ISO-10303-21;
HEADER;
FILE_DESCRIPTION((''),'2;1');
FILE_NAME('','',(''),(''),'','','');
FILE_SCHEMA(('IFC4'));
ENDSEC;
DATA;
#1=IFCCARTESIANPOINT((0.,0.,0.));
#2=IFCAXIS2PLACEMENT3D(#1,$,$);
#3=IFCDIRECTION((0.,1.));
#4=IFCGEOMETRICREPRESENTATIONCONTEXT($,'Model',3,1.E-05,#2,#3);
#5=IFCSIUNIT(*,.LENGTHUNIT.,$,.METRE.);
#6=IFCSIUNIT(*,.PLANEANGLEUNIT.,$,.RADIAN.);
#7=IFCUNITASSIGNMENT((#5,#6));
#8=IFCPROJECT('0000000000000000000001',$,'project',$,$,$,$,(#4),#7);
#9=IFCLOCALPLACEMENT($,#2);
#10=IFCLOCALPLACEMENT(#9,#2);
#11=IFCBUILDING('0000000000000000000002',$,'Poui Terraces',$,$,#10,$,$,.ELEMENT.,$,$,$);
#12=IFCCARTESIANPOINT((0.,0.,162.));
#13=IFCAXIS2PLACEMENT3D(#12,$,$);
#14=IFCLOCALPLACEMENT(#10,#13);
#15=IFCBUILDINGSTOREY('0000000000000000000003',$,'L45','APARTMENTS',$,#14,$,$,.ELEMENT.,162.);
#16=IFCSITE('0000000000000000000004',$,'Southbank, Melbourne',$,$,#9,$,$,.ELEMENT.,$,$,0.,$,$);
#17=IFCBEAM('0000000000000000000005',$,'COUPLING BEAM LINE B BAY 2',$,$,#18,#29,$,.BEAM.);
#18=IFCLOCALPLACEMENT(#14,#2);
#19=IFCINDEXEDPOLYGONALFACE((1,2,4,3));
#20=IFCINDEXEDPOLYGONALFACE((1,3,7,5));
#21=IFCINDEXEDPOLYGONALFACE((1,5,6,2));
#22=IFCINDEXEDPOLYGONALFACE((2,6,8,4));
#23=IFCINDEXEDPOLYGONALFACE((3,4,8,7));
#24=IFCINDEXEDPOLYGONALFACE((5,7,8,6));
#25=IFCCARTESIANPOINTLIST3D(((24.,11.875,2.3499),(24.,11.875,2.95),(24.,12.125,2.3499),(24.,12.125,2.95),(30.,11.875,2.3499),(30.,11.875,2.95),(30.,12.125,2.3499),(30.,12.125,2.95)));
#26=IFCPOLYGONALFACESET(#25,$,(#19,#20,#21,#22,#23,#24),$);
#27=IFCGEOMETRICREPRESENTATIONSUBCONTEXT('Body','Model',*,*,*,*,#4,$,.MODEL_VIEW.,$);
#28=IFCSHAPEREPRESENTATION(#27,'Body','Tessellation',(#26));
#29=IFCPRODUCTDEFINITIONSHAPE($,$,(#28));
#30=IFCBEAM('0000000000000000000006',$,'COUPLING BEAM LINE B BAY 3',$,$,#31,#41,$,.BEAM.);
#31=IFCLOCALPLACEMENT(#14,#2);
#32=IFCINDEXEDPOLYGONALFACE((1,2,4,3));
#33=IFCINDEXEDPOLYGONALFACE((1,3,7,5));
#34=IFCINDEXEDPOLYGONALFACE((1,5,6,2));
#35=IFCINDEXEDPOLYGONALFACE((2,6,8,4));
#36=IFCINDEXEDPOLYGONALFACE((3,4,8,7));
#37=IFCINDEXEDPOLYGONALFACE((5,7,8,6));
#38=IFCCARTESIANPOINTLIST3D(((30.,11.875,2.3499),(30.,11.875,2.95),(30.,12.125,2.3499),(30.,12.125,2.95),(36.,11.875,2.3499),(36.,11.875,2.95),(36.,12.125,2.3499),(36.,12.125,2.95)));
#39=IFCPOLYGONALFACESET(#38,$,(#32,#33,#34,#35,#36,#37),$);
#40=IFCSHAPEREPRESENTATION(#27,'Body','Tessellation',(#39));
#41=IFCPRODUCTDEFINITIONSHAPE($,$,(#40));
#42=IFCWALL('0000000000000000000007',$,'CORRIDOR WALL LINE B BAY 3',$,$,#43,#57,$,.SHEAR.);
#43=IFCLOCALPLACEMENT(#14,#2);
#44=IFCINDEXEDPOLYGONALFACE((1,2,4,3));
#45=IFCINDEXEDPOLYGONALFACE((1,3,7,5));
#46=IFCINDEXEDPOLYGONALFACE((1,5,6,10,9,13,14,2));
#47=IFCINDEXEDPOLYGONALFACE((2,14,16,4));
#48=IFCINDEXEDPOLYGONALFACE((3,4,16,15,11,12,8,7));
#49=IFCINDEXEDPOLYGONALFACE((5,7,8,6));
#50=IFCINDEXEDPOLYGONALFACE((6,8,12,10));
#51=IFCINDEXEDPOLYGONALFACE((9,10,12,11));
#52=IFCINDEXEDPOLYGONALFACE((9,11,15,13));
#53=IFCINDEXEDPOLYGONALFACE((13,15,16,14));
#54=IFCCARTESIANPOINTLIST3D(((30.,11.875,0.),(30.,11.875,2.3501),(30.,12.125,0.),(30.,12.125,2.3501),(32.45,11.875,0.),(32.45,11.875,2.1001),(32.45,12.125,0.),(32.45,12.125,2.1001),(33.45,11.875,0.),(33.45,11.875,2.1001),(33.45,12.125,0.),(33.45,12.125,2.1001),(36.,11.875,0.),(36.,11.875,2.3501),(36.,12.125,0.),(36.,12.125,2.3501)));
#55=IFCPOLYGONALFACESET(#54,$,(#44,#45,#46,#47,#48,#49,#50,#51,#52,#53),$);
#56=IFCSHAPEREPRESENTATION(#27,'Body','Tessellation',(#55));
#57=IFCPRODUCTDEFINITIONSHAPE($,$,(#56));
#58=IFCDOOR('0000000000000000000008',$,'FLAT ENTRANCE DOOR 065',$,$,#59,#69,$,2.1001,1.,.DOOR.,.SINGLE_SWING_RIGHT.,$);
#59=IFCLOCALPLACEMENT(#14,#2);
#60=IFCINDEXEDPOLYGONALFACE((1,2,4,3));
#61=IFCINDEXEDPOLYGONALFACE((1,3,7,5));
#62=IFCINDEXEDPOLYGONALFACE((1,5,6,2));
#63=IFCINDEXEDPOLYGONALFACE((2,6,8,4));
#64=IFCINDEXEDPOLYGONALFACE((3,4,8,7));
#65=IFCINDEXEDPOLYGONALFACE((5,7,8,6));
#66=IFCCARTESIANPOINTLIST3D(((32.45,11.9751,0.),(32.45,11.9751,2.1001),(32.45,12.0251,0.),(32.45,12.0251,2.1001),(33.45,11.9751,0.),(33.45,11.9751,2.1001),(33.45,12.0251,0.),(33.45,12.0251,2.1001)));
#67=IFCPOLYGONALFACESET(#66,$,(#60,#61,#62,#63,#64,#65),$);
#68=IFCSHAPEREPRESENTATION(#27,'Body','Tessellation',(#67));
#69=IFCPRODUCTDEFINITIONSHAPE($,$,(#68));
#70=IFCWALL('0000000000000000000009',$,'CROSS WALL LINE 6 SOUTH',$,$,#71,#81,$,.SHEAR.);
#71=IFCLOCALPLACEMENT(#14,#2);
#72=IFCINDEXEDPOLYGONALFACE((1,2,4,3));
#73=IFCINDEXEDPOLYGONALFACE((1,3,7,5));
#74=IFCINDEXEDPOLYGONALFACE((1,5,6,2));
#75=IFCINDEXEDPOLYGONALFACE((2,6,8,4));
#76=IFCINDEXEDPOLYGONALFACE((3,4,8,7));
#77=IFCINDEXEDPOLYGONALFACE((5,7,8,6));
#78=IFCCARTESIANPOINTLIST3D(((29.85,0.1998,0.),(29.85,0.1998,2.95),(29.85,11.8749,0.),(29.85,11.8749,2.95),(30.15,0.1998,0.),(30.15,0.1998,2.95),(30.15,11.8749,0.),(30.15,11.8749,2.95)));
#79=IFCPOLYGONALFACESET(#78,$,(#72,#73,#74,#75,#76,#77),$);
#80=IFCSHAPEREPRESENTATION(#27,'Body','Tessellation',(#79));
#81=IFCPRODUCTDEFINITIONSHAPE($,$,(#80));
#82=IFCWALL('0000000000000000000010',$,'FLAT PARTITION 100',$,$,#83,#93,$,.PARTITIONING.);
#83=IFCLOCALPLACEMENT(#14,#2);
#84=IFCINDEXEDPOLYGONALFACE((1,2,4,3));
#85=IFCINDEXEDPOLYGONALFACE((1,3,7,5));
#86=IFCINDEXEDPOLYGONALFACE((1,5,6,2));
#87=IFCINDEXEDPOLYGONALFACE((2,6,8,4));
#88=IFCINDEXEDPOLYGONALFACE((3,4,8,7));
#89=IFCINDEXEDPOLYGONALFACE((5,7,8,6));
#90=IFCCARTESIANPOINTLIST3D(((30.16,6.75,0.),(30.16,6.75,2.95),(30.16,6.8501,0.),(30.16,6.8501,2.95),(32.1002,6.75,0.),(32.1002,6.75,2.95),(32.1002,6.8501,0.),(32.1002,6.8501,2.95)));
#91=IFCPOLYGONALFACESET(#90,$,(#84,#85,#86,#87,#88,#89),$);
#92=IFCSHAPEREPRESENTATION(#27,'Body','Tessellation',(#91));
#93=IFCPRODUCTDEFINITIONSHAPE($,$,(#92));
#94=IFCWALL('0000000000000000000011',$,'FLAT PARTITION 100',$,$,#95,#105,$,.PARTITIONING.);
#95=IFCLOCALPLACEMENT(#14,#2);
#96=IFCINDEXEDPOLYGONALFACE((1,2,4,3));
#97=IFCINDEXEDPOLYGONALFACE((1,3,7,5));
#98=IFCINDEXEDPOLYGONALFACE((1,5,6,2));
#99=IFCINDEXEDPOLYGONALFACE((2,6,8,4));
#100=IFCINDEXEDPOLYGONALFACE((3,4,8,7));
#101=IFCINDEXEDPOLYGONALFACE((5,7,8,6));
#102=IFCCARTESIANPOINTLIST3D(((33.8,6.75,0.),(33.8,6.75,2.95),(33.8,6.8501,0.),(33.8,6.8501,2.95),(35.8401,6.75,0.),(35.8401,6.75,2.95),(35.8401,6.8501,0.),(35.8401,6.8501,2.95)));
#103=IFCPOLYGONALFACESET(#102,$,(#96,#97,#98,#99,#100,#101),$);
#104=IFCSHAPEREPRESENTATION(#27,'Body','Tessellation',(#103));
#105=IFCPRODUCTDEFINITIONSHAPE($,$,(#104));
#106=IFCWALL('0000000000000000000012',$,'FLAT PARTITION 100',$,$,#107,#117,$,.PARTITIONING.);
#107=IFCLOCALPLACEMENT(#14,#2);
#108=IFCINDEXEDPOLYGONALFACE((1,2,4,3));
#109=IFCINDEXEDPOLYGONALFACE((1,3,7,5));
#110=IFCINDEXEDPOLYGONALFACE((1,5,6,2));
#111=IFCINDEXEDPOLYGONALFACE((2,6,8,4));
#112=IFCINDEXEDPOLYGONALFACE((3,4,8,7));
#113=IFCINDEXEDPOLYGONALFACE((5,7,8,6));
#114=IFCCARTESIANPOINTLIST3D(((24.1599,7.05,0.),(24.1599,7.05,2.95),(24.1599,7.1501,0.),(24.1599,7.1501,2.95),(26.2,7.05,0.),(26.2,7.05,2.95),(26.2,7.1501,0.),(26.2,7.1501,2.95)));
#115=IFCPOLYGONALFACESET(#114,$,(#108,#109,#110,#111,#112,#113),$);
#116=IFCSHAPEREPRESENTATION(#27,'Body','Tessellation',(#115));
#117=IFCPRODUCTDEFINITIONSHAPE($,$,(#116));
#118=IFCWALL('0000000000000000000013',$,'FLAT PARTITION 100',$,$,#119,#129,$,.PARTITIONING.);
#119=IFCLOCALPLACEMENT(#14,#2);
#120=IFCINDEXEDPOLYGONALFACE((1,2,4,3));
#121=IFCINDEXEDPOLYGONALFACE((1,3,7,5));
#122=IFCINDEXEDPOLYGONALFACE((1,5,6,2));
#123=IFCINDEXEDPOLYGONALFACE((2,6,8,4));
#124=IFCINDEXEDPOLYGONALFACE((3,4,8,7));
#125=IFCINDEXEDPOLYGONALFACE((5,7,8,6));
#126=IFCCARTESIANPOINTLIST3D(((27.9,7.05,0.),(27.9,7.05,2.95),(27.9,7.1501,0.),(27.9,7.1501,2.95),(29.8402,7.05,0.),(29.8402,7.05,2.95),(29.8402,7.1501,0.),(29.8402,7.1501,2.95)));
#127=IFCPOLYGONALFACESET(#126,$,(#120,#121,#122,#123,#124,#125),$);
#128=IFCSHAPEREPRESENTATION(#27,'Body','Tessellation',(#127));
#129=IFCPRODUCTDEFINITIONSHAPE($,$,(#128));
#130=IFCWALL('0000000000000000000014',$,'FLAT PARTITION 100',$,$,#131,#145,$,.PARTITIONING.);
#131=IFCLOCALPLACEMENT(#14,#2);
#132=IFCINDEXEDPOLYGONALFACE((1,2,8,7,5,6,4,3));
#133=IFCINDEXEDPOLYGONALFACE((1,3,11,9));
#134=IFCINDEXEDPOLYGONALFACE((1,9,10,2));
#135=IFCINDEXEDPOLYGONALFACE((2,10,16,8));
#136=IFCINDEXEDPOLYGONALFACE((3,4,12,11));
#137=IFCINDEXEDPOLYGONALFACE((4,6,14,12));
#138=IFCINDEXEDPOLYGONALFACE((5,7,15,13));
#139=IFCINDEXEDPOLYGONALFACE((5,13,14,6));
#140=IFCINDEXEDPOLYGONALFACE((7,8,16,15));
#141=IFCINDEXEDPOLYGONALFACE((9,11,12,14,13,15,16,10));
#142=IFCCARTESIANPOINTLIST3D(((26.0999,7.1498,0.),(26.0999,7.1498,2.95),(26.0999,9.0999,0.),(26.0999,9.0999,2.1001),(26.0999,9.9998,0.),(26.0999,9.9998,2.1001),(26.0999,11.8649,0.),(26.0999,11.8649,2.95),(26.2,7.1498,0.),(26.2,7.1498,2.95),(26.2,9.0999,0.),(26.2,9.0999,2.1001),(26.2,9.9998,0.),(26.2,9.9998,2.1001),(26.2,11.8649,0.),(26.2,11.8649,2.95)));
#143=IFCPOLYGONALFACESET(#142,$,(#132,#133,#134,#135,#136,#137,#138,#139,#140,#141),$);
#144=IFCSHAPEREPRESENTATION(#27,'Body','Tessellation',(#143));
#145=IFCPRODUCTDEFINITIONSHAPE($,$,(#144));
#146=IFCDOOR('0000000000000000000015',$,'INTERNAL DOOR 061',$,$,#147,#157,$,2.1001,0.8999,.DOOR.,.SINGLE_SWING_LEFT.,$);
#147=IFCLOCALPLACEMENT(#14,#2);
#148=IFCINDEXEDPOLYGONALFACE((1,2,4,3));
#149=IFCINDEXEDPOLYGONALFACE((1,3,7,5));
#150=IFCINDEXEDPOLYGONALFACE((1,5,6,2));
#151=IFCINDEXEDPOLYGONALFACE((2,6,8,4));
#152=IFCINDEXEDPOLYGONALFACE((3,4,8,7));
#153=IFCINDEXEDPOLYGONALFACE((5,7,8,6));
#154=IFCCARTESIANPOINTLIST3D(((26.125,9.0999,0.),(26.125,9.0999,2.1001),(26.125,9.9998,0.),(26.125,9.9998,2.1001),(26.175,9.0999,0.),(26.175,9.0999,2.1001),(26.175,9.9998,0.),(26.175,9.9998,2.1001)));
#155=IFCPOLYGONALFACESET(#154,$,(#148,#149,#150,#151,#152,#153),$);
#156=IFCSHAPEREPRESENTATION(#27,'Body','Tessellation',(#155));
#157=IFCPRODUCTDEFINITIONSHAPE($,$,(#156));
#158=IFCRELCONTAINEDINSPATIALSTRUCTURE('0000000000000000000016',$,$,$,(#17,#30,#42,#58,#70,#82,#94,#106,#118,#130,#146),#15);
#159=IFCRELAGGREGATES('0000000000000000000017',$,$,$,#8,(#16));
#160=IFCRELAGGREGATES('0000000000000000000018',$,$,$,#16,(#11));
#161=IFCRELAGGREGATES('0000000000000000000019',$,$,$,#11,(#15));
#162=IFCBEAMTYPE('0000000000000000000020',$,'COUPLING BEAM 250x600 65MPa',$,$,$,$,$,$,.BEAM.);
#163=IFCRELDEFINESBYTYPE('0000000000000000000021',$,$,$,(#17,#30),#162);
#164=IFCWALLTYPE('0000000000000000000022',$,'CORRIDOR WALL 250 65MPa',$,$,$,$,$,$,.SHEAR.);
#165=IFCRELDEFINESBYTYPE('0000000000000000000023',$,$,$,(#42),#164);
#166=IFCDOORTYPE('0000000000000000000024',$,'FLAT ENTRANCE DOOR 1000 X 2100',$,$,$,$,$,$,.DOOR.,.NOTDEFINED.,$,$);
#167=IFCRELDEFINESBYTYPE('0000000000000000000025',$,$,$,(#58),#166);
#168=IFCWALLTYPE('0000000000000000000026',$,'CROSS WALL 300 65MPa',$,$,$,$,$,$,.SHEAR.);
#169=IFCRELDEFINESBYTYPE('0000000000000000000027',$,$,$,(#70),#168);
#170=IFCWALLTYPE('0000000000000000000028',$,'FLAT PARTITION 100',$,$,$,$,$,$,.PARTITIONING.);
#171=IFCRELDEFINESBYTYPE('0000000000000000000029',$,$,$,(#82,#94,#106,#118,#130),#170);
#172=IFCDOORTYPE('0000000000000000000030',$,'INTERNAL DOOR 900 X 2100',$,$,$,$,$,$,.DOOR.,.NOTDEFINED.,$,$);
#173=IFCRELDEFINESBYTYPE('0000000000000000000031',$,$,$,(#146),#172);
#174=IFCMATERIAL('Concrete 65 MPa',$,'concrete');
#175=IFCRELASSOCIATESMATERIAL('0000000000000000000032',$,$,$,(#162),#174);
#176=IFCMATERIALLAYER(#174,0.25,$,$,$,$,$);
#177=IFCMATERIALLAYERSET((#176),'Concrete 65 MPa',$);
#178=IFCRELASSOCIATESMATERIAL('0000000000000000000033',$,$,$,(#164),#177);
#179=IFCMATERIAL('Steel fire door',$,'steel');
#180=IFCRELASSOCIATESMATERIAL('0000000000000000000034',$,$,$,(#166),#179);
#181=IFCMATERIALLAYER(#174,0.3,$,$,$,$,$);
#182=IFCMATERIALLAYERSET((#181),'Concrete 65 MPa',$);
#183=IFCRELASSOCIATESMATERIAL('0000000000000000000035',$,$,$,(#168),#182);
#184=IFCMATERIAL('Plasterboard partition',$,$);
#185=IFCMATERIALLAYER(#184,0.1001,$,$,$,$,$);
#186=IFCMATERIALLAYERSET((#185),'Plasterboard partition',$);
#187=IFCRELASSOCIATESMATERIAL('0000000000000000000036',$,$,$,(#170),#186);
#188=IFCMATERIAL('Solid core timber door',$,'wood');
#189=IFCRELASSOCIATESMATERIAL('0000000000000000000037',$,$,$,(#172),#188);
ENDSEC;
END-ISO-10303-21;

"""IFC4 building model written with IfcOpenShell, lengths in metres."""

from ifc_helpers import new_model, si_unit, direction, frame, frame_2d, origin, origin_2d, place, context, subcontext, project, spatial, rectangle, extrude, source, transform, mapped, material, layer, layer_set, material_profile, profile_set, type_object, element, fill, save


model = new_model("IFC4")

# Units and contexts
model_context = context("Model", 3, precision=1e-05, world=origin(), true_north=direction((0.0, 1.0)))
body_context = subcontext(model_context, "Body", "Model", "MODEL_VIEW")
ifc_project = project(units=[si_unit("LENGTHUNIT", "METRE"), si_unit("PLANEANGLEUNIT", "RADIAN")], contexts=[model_context])

# Site, building, storey
site_placement = place(None, origin())
site = spatial("IfcSite", under=ifc_project, at=site_placement, Name="Southbank, Melbourne", CompositionType="ELEMENT", RefElevation=0.0)
building_placement = place(site_placement, origin())
building = spatial("IfcBuilding", under=site, at=building_placement, Name="Poui Terraces", CompositionType="ELEMENT")
storey_placement = place(building_placement, frame((0.0, 0.0, 162.0)))
storey = spatial("IfcBuildingStorey", under=building, at=storey_placement, Name="L45", Description="APARTMENTS", CompositionType="ELEMENT", Elevation=162.0)

# Beams
ifc_material_1 = material(Name="Concrete 65 MPa", Category="concrete")
ifc_material_profile_1 = material_profile(ifc_material_1, rectangle(XDim=0.25, YDim=0.6001, at=origin_2d()), Name="RC 250x600")
ifc_profile_set_1 = profile_set([ifc_material_profile_1], Name="Concrete 65 MPa")
beam_type = type_object("IfcBeamType", Name="COUPLING BEAM 250x600 65MPa", PredefinedType="BEAM", material=ifc_profile_set_1)
shared_shape_1 = source(origin(), body_context, "Body", "SweptSolid", [
    extrude(rectangle(XDim=0.25, YDim=0.6001, at=origin_2d()), origin(), (0.0, 0.0, 1.0), 6.0),
])
for number, where, z_axis, x_axis, name in (
    (1, (24.0, 12.0, 2.6499), (1.0, 0.0, 0.0), (0.0, 1.0, 0.0), "COUPLING BEAM LINE B BAY 2"),
    (2, (30.0, 12.0, 2.6499), (1.0, 0.0, 0.0), (0.0, 1.0, 0.0), "COUPLING BEAM LINE B BAY 3"),
):
    element("IfcBeam", number, at=place(storey_placement, frame(where, z_axis=z_axis, x_axis=x_axis)), inside=storey, type_object=beam_type, Name=name, PredefinedType="BEAM", context=body_context, shape_type="MappedRepresentation", body=[
        mapped(shared_shape_1, transform((0.0, 0.0, 0.0))),
    ])

# Wall, opening, door
ifc_layer_1 = layer(ifc_material_1, 0.25)
ifc_layer_set_1 = layer_set([ifc_layer_1], Name="Concrete 65 MPa")
wall_type_1 = type_object("IfcWallType", Name="CORRIDOR WALL 250 65MPa", PredefinedType="SHEAR", material=ifc_layer_set_1)
wall_1_placement = place(storey_placement, frame((30.0, 12.0, 0.0), z_axis=(0.0, 0.0, 1.0), x_axis=(1.0, 0.0, 0.0)))
wall_1 = element("IfcWall", 3, at=wall_1_placement, inside=storey, type_object=wall_type_1, Name="CORRIDOR WALL LINE B BAY 3", PredefinedType="SHEAR", context=body_context, shape_type="SweptSolid", body=[
    extrude(rectangle(XDim=6.0, YDim=0.25, at=frame_2d((3.0, 0.0))), origin(), (0.0, 0.0, 1.0), 2.3501),
])
opening_1_placement = place(wall_1_placement, frame((2.45, 0.0, 0.0)))
opening_1 = element("IfcOpeningElement", 4, at=opening_1_placement, cuts=wall_1, PredefinedType="OPENING", context=body_context, shape_type="SweptSolid", body=[
    extrude(rectangle(XDim=1.0, YDim=2.1001, at=frame_2d((0.5, 1.05))), frame((0.0, 0.135, 0.0), z_axis=(0.0, -1.0, 0.0), x_axis=(1.0, 0.0, 0.0)), (0.0, 0.0, 1.0), 0.27),
])
ifc_material_2 = material(Name="Steel fire door", Category="steel")
door_type_1 = type_object("IfcDoorType", Name="FLAT ENTRANCE DOOR 1000 X 2100", OperationType="NOTDEFINED", PredefinedType="DOOR", material=ifc_material_2)
door_1_placement = place(opening_1_placement, frame((1.0, 0.0, 0.0), z_axis=(0.0, 0.0, 1.0), x_axis=(-1.0, 0.0, 0.0)))
door_1 = element("IfcDoor", 5, at=door_1_placement, inside=storey, type_object=door_type_1, Name="FLAT ENTRANCE DOOR 065", OperationType="SINGLE_SWING_RIGHT", OverallHeight=2.1001, OverallWidth=1.0, PredefinedType="DOOR", context=body_context, shape_type="SweptSolid", body=[
    extrude(rectangle(XDim=1.0, YDim=2.1001, at=frame_2d((0.5, 1.05))), frame((0.0, 0.0249, 0.0), z_axis=(0.0, -1.0, 0.0), x_axis=(1.0, 0.0, 0.0)), (0.0, 0.0, 1.0), 0.05),
])
fill(opening_1, door_1)

# Walls
ifc_layer_2 = layer(ifc_material_1, 0.3)
ifc_layer_set_2 = layer_set([ifc_layer_2], Name="Concrete 65 MPa")
wall_type_2 = type_object("IfcWallType", Name="CROSS WALL 300 65MPa", PredefinedType="SHEAR", material=ifc_layer_set_2)
wall_2_placement = place(storey_placement, frame((30.0, 0.2, 0.0), z_axis=(0.0, 0.0, 1.0), x_axis=(0.0, 1.0, 0.0)))
element("IfcWall", 6, at=wall_2_placement, inside=storey, type_object=wall_type_2, Name="CROSS WALL LINE 6 SOUTH", PredefinedType="SHEAR", context=body_context, shape_type="SweptSolid", body=[
    extrude(rectangle(XDim=11.675, YDim=0.3, at=frame_2d((5.8374, 0.0))), origin(), (0.0, 0.0, 1.0), 2.95),
])
ifc_material_3 = material(Name="Plasterboard partition")
ifc_layer_3 = layer(ifc_material_3, 0.1001)
ifc_layer_set_3 = layer_set([ifc_layer_3], Name="Plasterboard partition")
wall_type_3 = type_object("IfcWallType", Name="FLAT PARTITION 100", PredefinedType="PARTITIONING", material=ifc_layer_set_3)
wall_3_placement = place(storey_placement, frame((30.1599, 6.8, 0.0), z_axis=(0.0, 0.0, 1.0), x_axis=(1.0, 0.0, 0.0)))
element("IfcWall", 7, at=wall_3_placement, inside=storey, type_object=wall_type_3, Name="FLAT PARTITION 100", PredefinedType="PARTITIONING", context=body_context, shape_type="SweptSolid", body=[
    extrude(rectangle(XDim=1.9402, YDim=0.1001, at=frame_2d((0.9702, 0.0))), origin(), (0.0, 0.0, 1.0), 2.95),
])
for number, where, z_axis, x_axis, name in (
    (8, (33.8, 6.8, 0.0), (0.0, 0.0, 1.0), (1.0, 0.0, 0.0), "FLAT PARTITION 100"),
    (9, (24.1599, 7.1001, 0.0), (0.0, 0.0, 1.0), (1.0, 0.0, 0.0), "FLAT PARTITION 100"),
):
    element("IfcWall", number, at=place(storey_placement, frame(where, z_axis=z_axis, x_axis=x_axis)), inside=storey, type_object=wall_type_3, Name=name, PredefinedType="PARTITIONING", context=body_context, shape_type="SweptSolid", body=[
        extrude(rectangle(XDim=2.04, YDim=0.1001, at=frame_2d((1.02, 0.0))), origin(), (0.0, 0.0, 1.0), 2.95),
    ])
wall_4_placement = place(storey_placement, frame((27.8999, 7.1001, 0.0), z_axis=(0.0, 0.0, 1.0), x_axis=(1.0, 0.0, 0.0)))
element("IfcWall", 10, at=wall_4_placement, inside=storey, type_object=wall_type_3, Name="FLAT PARTITION 100", PredefinedType="PARTITIONING", context=body_context, shape_type="SweptSolid", body=[
    extrude(rectangle(XDim=1.9402, YDim=0.1001, at=frame_2d((0.9702, 0.0))), origin(), (0.0, 0.0, 1.0), 2.95),
])

# Wall, opening, door
wall_5_placement = place(storey_placement, frame((26.1499, 7.1499, 0.0), z_axis=(0.0, 0.0, 1.0), x_axis=(0.0, 1.0, 0.0)))
wall_5 = element("IfcWall", 11, at=wall_5_placement, inside=storey, type_object=wall_type_3, Name="FLAT PARTITION 100", PredefinedType="PARTITIONING", context=body_context, shape_type="SweptSolid", body=[
    extrude(rectangle(XDim=4.7151, YDim=0.1001, at=frame_2d((2.3574, 0.0))), origin(), (0.0, 0.0, 1.0), 2.95),
])
opening_2_placement = place(wall_5_placement, frame((1.95, 0.0, 0.0)))
opening_2 = element("IfcOpeningElement", 12, at=opening_2_placement, cuts=wall_5, PredefinedType="OPENING", context=body_context, shape_type="SweptSolid", body=[
    extrude(rectangle(XDim=0.8999, YDim=2.1001, at=frame_2d((0.45, 1.05))), frame((0.0, 0.0601, 0.0), z_axis=(0.0, -1.0, 0.0), x_axis=(1.0, 0.0, 0.0)), (0.0, 0.0, 1.0), 0.1201),
])
ifc_material_4 = material(Name="Solid core timber door", Category="wood")
door_type_2 = type_object("IfcDoorType", Name="INTERNAL DOOR 900 X 2100", OperationType="NOTDEFINED", PredefinedType="DOOR", material=ifc_material_4)
door_2_placement = place(opening_2_placement, origin())
door_2 = element("IfcDoor", 13, at=door_2_placement, inside=storey, type_object=door_type_2, Name="INTERNAL DOOR 061", OperationType="SINGLE_SWING_LEFT", OverallHeight=2.1001, OverallWidth=0.8999, PredefinedType="DOOR", context=body_context, shape_type="SweptSolid", body=[
    extrude(rectangle(XDim=0.8999, YDim=2.1001, at=frame_2d((0.45, 1.05))), frame((0.0, 0.0249, 0.0), z_axis=(0.0, -1.0, 0.0), x_axis=(1.0, 0.0, 0.0)), (0.0, 0.0, 1.0), 0.05),
])
fill(opening_2, door_2)

save(model, "model.ifc")
